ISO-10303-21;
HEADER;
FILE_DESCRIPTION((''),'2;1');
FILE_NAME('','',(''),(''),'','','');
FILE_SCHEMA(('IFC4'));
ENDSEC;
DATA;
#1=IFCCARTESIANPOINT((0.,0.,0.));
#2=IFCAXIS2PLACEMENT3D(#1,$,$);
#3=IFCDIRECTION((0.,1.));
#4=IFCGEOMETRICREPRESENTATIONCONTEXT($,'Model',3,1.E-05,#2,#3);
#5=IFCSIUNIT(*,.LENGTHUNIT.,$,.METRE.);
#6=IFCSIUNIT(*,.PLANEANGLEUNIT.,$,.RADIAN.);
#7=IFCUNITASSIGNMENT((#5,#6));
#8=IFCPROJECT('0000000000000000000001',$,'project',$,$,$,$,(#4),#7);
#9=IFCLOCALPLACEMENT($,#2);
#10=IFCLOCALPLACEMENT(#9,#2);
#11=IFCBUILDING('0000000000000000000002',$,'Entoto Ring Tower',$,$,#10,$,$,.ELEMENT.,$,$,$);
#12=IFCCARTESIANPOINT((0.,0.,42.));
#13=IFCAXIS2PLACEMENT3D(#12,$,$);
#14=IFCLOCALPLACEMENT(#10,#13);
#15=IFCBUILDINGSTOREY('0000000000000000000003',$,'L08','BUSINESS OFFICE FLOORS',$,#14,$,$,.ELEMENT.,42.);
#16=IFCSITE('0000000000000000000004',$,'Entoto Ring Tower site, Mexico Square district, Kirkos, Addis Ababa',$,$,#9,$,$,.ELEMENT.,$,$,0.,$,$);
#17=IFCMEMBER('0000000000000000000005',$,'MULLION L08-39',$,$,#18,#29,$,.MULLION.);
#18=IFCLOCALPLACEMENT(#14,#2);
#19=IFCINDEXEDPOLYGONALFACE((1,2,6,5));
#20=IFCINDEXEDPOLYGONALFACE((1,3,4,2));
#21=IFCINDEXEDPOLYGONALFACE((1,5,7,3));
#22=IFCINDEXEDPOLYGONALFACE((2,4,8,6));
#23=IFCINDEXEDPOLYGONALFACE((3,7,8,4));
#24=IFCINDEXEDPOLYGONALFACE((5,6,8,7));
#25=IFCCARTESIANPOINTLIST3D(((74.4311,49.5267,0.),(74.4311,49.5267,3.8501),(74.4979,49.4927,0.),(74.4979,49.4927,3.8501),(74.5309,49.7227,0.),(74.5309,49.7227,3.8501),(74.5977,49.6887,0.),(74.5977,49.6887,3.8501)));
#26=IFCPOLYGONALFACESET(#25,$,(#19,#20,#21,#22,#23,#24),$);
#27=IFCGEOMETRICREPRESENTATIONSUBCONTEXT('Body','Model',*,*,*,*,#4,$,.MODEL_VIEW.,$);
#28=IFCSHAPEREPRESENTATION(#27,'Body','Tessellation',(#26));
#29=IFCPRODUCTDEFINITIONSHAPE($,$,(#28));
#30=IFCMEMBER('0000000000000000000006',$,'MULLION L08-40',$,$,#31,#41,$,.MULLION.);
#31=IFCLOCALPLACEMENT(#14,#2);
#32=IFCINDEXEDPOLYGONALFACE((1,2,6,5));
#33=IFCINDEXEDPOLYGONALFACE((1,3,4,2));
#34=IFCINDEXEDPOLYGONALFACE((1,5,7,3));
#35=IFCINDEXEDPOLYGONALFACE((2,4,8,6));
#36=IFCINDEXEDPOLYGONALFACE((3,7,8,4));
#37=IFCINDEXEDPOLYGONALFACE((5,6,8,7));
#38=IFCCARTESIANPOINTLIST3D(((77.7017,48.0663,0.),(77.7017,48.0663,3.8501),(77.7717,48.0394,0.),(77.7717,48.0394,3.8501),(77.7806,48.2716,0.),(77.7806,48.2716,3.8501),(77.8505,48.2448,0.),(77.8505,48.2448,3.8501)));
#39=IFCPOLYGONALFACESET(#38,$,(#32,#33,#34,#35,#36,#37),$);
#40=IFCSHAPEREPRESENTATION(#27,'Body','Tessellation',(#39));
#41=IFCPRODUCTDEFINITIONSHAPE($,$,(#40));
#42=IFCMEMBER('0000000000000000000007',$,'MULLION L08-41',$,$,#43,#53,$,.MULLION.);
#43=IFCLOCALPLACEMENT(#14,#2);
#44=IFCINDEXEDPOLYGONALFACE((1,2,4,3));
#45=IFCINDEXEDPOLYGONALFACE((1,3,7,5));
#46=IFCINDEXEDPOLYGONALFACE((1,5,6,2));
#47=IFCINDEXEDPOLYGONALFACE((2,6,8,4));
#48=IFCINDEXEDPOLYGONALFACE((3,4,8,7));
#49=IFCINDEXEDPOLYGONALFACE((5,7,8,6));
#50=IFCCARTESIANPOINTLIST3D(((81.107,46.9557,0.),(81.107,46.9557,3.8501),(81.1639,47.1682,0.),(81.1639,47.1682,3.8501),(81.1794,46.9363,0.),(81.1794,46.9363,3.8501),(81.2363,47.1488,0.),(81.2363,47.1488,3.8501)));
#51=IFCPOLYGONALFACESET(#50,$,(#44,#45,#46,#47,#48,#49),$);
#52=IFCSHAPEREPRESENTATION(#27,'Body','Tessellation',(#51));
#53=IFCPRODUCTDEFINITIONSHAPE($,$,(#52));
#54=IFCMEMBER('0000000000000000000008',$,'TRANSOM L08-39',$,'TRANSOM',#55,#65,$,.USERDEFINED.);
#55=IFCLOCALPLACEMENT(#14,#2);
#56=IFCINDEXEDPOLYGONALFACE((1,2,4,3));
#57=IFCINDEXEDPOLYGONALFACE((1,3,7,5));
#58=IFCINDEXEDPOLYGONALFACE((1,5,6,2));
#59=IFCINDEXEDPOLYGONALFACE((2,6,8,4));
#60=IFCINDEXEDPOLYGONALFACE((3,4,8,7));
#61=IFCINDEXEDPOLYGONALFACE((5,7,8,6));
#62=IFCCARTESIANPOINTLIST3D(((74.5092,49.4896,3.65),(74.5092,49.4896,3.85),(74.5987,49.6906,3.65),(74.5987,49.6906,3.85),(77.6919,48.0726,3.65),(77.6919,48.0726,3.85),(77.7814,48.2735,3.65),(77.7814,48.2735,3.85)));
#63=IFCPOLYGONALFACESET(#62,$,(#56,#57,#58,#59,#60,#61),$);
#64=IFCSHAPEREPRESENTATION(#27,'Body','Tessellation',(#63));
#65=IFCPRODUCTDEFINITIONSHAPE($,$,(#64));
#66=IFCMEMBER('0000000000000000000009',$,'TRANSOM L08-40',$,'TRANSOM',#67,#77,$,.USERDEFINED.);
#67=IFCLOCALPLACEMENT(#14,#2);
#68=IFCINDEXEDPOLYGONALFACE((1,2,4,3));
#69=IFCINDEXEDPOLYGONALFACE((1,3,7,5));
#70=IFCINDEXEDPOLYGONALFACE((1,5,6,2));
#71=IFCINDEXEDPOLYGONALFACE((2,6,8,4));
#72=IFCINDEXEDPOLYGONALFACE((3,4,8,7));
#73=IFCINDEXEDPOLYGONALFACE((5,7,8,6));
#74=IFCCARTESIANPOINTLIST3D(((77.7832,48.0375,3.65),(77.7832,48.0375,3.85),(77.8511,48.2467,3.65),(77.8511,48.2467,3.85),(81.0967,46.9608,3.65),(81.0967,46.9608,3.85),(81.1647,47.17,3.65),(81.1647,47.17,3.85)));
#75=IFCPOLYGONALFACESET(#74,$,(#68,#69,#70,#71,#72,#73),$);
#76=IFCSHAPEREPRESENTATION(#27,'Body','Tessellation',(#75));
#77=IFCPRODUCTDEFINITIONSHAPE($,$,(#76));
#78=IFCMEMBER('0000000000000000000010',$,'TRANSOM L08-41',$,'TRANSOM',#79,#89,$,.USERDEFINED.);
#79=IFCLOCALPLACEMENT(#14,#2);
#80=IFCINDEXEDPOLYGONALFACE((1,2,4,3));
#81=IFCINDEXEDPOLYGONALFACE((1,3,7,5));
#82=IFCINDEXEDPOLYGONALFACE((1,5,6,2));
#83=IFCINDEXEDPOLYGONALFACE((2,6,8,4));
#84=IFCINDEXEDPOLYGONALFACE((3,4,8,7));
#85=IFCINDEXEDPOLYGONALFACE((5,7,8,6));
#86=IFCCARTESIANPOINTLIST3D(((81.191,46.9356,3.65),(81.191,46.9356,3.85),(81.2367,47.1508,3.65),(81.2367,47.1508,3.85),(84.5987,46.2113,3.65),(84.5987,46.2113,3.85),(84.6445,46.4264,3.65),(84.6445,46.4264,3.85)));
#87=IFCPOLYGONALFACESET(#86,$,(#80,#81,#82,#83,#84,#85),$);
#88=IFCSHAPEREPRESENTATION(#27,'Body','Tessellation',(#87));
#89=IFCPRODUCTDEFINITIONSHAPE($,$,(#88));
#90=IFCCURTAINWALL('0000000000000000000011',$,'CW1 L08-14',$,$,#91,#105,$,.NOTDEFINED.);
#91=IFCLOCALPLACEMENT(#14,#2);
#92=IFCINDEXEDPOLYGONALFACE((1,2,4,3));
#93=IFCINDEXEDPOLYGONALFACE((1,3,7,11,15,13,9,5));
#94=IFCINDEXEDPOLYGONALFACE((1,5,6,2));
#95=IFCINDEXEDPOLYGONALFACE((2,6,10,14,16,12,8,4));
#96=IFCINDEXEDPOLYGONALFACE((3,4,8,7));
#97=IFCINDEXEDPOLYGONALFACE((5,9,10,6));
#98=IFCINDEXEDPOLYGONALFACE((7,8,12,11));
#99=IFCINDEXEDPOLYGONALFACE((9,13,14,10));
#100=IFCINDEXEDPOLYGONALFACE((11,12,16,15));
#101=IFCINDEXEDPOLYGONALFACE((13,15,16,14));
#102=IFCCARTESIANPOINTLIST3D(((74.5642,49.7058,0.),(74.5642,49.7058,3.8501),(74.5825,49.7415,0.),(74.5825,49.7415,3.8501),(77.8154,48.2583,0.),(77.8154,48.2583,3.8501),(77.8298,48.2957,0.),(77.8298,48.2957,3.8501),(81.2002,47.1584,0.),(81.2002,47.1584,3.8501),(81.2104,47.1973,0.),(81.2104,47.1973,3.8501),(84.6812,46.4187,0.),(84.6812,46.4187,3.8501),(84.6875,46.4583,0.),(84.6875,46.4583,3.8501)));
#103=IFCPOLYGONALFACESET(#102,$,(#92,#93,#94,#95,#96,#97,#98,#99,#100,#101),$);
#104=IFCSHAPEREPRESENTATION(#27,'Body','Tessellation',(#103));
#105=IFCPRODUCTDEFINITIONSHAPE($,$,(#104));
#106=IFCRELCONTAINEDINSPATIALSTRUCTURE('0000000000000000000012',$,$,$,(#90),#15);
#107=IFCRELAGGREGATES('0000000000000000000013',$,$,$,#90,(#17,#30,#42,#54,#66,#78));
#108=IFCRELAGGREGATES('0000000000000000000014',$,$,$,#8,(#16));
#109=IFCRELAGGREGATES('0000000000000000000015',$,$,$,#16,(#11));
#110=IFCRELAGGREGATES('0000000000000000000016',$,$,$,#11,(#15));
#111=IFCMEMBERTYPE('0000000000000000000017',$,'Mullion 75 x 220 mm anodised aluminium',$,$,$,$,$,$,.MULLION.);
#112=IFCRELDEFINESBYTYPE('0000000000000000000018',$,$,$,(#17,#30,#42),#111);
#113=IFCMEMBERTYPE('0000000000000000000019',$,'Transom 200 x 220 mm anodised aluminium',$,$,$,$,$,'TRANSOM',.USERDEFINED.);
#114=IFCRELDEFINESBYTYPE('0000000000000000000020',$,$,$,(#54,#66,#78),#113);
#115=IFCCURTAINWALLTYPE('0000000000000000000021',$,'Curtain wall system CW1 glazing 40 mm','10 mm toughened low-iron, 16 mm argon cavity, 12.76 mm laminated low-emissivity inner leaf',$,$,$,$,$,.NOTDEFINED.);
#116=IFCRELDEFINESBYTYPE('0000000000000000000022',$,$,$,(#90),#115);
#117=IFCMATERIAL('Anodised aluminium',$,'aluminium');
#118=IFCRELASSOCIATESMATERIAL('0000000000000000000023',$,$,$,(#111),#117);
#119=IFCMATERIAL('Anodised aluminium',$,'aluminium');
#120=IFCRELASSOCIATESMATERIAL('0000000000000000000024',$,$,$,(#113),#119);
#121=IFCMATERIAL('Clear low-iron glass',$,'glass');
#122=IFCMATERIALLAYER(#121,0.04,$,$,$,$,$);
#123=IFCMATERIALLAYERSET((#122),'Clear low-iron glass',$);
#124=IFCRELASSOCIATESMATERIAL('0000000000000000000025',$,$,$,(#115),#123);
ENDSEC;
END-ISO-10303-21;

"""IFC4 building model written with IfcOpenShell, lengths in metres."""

from ifc_helpers import new_model, si_unit, direction, frame, origin, origin_2d, place, context, subcontext, project, spatial, polyline, rectangle, outline, extrude, material, layer, layer_set, material_profile, profile_set, type_object, element, aggregate, save


model = new_model("IFC4")

# Units and contexts
model_context = context("Model", 3, precision=1e-05, world=origin(), true_north=direction((0.0, 1.0)))
body_context = subcontext(model_context, "Body", "Model", "MODEL_VIEW")
ifc_project = project(units=[si_unit("LENGTHUNIT", "METRE"), si_unit("PLANEANGLEUNIT", "RADIAN")], contexts=[model_context])

# Members
ifc_material_1 = material(Name="Anodised aluminium", Category="aluminium")
ifc_material_profile_1 = material_profile(ifc_material_1, rectangle(XDim=0.075, YDim=0.22, at=origin_2d()), Name="Mullion 75 x 220 mm anodised aluminium")
ifc_profile_set_1 = profile_set([ifc_material_profile_1], Name="Anodised aluminium")
member_type_1 = type_object("IfcMemberType", Name="Mullion 75 x 220 mm anodised aluminium", PredefinedType="MULLION", material=ifc_profile_set_1)
site_placement = place(None, origin())
building_placement = place(site_placement, origin())
storey_placement = place(building_placement, frame((0.0, 0.0, 42.0)))
member_1_placement = place(storey_placement, frame((74.5144, 49.6077, 0.0), z_axis=(0.0, 0.0, 1.0), x_axis=(0.891007, -0.45399, 0.0)))
member_1 = element("IfcMember", 1, at=member_1_placement, type_object=member_type_1, Name="MULLION L08-39", PredefinedType="MULLION", context=body_context, shape_type="SweptSolid", body=[
    extrude(rectangle(XDim=0.075, YDim=0.22, at=origin_2d()), origin(), (0.0, 0.0, 1.0), 3.8501),
])
member_2_placement = place(storey_placement, frame((77.7761, 48.1555, 0.0), z_axis=(0.0, 0.0, 1.0), x_axis=(0.93358, -0.358368, 0.0)))
member_2 = element("IfcMember", 2, at=member_2_placement, type_object=member_type_1, Name="MULLION L08-40", PredefinedType="MULLION", context=body_context, shape_type="SweptSolid", body=[
    extrude(rectangle(XDim=0.075, YDim=0.22, at=origin_2d()), origin(), (0.0, 0.0, 1.0), 3.8501),
])
member_3_placement = place(storey_placement, frame((81.1716, 47.0522, 0.0), z_axis=(0.0, 0.0, 1.0), x_axis=(0.965926, -0.258819, 0.0)))
member_3 = element("IfcMember", 3, at=member_3_placement, type_object=member_type_1, Name="MULLION L08-41", PredefinedType="MULLION", context=body_context, shape_type="SweptSolid", body=[
    extrude(rectangle(XDim=0.075, YDim=0.22, at=origin_2d()), origin(), (0.0, 0.0, 1.0), 3.8501),
])
ifc_material_2 = material(Name="Anodised aluminium", Category="aluminium")
ifc_material_profile_2 = material_profile(ifc_material_2, rectangle(XDim=0.22, YDim=0.2, at=origin_2d()), Name="Transom 200 x 220 mm anodised aluminium")
ifc_profile_set_2 = profile_set([ifc_material_profile_2], Name="Anodised aluminium")
member_type_2 = type_object("IfcMemberType", Name="Transom 200 x 220 mm anodised aluminium", ElementType="TRANSOM", PredefinedType="USERDEFINED", material=ifc_profile_set_2)
member_4_placement = place(storey_placement, frame((74.554, 49.5901, 3.75), z_axis=(0.913545, -0.406737, 0.0), x_axis=(0.406737, 0.913545, 0.0)))
member_4 = element("IfcMember", 4, at=member_4_placement, type_object=member_type_2, Name="TRANSOM L08-39", ObjectType="TRANSOM", PredefinedType="USERDEFINED", context=body_context, shape_type="SweptSolid", body=[
    extrude(rectangle(XDim=0.22, YDim=0.2, at=origin_2d()), origin(), (0.0, 0.0, 1.0), 3.4839),
])
member_5_placement = place(storey_placement, frame((77.8171, 48.1421, 3.75), z_axis=(0.951053, -0.309029, 0.0), x_axis=(0.309029, 0.951053, 0.0)))
member_5 = element("IfcMember", 5, at=member_5_placement, type_object=member_type_2, Name="TRANSOM L08-40", ObjectType="TRANSOM", PredefinedType="USERDEFINED", context=body_context, shape_type="SweptSolid", body=[
    extrude(rectangle(XDim=0.22, YDim=0.2, at=origin_2d()), origin(), (0.0, 0.0, 1.0), 3.4841),
])
member_6_placement = place(storey_placement, frame((81.2139, 47.0432, 3.75), z_axis=(0.978146, -0.207921, 0.0), x_axis=(0.207921, 0.978146, 0.0)))
member_6 = element("IfcMember", 6, at=member_6_placement, type_object=member_type_2, Name="TRANSOM L08-41", ObjectType="TRANSOM", PredefinedType="USERDEFINED", context=body_context, shape_type="SweptSolid", body=[
    extrude(rectangle(XDim=0.22, YDim=0.2, at=origin_2d()), origin(), (0.0, 0.0, 1.0), 3.4839),
])

# Site, building, storey
site = spatial("IfcSite", under=ifc_project, at=site_placement, Name="Entoto Ring Tower site, Mexico Square district, Kirkos, Addis Ababa", CompositionType="ELEMENT", RefElevation=0.0)
building = spatial("IfcBuilding", under=site, at=building_placement, Name="Entoto Ring Tower", CompositionType="ELEMENT")
storey = spatial("IfcBuildingStorey", under=building, at=storey_placement, Name="L08", Description="BUSINESS OFFICE FLOORS", CompositionType="ELEMENT", Elevation=42.0)

# Curtain wall
ifc_material_3 = material(Name="Clear low-iron glass", Category="glass")
ifc_layer = layer(ifc_material_3, 0.04)
ifc_layer_set = layer_set([ifc_layer], Name="Clear low-iron glass")
curtain_wall_type = type_object("IfcCurtainWallType", Name="Curtain wall system CW1 glazing 40 mm", Description="10 mm toughened low-iron, 16 mm argon cavity, 12.76 mm laminated low-emissivity inner leaf", PredefinedType="NOTDEFINED", material=ifc_layer_set)
curtain_wall_1_placement = place(storey_placement, origin())
curtain_wall_1 = element("IfcCurtainWall", 7, at=curtain_wall_1_placement, inside=storey, type_object=curtain_wall_type, Name="CW1 L08-14", PredefinedType="NOTDEFINED", context=body_context, shape_type="SweptSolid", body=[
    extrude(outline(polyline([(74.5642, 49.7058), (77.8154, 48.2583), (81.2002, 47.1584), (84.6812, 46.4187), (84.6875, 46.4583), (81.2104, 47.1973), (77.8298, 48.2957), (74.5825, 49.7415), (74.5642, 49.7058)])), origin(), (0.0, 0.0, 1.0), 3.8501),
])
aggregate(curtain_wall_1, [member_1, member_2, member_3, member_4, member_5, member_6])

save(model, "model.ifc")
